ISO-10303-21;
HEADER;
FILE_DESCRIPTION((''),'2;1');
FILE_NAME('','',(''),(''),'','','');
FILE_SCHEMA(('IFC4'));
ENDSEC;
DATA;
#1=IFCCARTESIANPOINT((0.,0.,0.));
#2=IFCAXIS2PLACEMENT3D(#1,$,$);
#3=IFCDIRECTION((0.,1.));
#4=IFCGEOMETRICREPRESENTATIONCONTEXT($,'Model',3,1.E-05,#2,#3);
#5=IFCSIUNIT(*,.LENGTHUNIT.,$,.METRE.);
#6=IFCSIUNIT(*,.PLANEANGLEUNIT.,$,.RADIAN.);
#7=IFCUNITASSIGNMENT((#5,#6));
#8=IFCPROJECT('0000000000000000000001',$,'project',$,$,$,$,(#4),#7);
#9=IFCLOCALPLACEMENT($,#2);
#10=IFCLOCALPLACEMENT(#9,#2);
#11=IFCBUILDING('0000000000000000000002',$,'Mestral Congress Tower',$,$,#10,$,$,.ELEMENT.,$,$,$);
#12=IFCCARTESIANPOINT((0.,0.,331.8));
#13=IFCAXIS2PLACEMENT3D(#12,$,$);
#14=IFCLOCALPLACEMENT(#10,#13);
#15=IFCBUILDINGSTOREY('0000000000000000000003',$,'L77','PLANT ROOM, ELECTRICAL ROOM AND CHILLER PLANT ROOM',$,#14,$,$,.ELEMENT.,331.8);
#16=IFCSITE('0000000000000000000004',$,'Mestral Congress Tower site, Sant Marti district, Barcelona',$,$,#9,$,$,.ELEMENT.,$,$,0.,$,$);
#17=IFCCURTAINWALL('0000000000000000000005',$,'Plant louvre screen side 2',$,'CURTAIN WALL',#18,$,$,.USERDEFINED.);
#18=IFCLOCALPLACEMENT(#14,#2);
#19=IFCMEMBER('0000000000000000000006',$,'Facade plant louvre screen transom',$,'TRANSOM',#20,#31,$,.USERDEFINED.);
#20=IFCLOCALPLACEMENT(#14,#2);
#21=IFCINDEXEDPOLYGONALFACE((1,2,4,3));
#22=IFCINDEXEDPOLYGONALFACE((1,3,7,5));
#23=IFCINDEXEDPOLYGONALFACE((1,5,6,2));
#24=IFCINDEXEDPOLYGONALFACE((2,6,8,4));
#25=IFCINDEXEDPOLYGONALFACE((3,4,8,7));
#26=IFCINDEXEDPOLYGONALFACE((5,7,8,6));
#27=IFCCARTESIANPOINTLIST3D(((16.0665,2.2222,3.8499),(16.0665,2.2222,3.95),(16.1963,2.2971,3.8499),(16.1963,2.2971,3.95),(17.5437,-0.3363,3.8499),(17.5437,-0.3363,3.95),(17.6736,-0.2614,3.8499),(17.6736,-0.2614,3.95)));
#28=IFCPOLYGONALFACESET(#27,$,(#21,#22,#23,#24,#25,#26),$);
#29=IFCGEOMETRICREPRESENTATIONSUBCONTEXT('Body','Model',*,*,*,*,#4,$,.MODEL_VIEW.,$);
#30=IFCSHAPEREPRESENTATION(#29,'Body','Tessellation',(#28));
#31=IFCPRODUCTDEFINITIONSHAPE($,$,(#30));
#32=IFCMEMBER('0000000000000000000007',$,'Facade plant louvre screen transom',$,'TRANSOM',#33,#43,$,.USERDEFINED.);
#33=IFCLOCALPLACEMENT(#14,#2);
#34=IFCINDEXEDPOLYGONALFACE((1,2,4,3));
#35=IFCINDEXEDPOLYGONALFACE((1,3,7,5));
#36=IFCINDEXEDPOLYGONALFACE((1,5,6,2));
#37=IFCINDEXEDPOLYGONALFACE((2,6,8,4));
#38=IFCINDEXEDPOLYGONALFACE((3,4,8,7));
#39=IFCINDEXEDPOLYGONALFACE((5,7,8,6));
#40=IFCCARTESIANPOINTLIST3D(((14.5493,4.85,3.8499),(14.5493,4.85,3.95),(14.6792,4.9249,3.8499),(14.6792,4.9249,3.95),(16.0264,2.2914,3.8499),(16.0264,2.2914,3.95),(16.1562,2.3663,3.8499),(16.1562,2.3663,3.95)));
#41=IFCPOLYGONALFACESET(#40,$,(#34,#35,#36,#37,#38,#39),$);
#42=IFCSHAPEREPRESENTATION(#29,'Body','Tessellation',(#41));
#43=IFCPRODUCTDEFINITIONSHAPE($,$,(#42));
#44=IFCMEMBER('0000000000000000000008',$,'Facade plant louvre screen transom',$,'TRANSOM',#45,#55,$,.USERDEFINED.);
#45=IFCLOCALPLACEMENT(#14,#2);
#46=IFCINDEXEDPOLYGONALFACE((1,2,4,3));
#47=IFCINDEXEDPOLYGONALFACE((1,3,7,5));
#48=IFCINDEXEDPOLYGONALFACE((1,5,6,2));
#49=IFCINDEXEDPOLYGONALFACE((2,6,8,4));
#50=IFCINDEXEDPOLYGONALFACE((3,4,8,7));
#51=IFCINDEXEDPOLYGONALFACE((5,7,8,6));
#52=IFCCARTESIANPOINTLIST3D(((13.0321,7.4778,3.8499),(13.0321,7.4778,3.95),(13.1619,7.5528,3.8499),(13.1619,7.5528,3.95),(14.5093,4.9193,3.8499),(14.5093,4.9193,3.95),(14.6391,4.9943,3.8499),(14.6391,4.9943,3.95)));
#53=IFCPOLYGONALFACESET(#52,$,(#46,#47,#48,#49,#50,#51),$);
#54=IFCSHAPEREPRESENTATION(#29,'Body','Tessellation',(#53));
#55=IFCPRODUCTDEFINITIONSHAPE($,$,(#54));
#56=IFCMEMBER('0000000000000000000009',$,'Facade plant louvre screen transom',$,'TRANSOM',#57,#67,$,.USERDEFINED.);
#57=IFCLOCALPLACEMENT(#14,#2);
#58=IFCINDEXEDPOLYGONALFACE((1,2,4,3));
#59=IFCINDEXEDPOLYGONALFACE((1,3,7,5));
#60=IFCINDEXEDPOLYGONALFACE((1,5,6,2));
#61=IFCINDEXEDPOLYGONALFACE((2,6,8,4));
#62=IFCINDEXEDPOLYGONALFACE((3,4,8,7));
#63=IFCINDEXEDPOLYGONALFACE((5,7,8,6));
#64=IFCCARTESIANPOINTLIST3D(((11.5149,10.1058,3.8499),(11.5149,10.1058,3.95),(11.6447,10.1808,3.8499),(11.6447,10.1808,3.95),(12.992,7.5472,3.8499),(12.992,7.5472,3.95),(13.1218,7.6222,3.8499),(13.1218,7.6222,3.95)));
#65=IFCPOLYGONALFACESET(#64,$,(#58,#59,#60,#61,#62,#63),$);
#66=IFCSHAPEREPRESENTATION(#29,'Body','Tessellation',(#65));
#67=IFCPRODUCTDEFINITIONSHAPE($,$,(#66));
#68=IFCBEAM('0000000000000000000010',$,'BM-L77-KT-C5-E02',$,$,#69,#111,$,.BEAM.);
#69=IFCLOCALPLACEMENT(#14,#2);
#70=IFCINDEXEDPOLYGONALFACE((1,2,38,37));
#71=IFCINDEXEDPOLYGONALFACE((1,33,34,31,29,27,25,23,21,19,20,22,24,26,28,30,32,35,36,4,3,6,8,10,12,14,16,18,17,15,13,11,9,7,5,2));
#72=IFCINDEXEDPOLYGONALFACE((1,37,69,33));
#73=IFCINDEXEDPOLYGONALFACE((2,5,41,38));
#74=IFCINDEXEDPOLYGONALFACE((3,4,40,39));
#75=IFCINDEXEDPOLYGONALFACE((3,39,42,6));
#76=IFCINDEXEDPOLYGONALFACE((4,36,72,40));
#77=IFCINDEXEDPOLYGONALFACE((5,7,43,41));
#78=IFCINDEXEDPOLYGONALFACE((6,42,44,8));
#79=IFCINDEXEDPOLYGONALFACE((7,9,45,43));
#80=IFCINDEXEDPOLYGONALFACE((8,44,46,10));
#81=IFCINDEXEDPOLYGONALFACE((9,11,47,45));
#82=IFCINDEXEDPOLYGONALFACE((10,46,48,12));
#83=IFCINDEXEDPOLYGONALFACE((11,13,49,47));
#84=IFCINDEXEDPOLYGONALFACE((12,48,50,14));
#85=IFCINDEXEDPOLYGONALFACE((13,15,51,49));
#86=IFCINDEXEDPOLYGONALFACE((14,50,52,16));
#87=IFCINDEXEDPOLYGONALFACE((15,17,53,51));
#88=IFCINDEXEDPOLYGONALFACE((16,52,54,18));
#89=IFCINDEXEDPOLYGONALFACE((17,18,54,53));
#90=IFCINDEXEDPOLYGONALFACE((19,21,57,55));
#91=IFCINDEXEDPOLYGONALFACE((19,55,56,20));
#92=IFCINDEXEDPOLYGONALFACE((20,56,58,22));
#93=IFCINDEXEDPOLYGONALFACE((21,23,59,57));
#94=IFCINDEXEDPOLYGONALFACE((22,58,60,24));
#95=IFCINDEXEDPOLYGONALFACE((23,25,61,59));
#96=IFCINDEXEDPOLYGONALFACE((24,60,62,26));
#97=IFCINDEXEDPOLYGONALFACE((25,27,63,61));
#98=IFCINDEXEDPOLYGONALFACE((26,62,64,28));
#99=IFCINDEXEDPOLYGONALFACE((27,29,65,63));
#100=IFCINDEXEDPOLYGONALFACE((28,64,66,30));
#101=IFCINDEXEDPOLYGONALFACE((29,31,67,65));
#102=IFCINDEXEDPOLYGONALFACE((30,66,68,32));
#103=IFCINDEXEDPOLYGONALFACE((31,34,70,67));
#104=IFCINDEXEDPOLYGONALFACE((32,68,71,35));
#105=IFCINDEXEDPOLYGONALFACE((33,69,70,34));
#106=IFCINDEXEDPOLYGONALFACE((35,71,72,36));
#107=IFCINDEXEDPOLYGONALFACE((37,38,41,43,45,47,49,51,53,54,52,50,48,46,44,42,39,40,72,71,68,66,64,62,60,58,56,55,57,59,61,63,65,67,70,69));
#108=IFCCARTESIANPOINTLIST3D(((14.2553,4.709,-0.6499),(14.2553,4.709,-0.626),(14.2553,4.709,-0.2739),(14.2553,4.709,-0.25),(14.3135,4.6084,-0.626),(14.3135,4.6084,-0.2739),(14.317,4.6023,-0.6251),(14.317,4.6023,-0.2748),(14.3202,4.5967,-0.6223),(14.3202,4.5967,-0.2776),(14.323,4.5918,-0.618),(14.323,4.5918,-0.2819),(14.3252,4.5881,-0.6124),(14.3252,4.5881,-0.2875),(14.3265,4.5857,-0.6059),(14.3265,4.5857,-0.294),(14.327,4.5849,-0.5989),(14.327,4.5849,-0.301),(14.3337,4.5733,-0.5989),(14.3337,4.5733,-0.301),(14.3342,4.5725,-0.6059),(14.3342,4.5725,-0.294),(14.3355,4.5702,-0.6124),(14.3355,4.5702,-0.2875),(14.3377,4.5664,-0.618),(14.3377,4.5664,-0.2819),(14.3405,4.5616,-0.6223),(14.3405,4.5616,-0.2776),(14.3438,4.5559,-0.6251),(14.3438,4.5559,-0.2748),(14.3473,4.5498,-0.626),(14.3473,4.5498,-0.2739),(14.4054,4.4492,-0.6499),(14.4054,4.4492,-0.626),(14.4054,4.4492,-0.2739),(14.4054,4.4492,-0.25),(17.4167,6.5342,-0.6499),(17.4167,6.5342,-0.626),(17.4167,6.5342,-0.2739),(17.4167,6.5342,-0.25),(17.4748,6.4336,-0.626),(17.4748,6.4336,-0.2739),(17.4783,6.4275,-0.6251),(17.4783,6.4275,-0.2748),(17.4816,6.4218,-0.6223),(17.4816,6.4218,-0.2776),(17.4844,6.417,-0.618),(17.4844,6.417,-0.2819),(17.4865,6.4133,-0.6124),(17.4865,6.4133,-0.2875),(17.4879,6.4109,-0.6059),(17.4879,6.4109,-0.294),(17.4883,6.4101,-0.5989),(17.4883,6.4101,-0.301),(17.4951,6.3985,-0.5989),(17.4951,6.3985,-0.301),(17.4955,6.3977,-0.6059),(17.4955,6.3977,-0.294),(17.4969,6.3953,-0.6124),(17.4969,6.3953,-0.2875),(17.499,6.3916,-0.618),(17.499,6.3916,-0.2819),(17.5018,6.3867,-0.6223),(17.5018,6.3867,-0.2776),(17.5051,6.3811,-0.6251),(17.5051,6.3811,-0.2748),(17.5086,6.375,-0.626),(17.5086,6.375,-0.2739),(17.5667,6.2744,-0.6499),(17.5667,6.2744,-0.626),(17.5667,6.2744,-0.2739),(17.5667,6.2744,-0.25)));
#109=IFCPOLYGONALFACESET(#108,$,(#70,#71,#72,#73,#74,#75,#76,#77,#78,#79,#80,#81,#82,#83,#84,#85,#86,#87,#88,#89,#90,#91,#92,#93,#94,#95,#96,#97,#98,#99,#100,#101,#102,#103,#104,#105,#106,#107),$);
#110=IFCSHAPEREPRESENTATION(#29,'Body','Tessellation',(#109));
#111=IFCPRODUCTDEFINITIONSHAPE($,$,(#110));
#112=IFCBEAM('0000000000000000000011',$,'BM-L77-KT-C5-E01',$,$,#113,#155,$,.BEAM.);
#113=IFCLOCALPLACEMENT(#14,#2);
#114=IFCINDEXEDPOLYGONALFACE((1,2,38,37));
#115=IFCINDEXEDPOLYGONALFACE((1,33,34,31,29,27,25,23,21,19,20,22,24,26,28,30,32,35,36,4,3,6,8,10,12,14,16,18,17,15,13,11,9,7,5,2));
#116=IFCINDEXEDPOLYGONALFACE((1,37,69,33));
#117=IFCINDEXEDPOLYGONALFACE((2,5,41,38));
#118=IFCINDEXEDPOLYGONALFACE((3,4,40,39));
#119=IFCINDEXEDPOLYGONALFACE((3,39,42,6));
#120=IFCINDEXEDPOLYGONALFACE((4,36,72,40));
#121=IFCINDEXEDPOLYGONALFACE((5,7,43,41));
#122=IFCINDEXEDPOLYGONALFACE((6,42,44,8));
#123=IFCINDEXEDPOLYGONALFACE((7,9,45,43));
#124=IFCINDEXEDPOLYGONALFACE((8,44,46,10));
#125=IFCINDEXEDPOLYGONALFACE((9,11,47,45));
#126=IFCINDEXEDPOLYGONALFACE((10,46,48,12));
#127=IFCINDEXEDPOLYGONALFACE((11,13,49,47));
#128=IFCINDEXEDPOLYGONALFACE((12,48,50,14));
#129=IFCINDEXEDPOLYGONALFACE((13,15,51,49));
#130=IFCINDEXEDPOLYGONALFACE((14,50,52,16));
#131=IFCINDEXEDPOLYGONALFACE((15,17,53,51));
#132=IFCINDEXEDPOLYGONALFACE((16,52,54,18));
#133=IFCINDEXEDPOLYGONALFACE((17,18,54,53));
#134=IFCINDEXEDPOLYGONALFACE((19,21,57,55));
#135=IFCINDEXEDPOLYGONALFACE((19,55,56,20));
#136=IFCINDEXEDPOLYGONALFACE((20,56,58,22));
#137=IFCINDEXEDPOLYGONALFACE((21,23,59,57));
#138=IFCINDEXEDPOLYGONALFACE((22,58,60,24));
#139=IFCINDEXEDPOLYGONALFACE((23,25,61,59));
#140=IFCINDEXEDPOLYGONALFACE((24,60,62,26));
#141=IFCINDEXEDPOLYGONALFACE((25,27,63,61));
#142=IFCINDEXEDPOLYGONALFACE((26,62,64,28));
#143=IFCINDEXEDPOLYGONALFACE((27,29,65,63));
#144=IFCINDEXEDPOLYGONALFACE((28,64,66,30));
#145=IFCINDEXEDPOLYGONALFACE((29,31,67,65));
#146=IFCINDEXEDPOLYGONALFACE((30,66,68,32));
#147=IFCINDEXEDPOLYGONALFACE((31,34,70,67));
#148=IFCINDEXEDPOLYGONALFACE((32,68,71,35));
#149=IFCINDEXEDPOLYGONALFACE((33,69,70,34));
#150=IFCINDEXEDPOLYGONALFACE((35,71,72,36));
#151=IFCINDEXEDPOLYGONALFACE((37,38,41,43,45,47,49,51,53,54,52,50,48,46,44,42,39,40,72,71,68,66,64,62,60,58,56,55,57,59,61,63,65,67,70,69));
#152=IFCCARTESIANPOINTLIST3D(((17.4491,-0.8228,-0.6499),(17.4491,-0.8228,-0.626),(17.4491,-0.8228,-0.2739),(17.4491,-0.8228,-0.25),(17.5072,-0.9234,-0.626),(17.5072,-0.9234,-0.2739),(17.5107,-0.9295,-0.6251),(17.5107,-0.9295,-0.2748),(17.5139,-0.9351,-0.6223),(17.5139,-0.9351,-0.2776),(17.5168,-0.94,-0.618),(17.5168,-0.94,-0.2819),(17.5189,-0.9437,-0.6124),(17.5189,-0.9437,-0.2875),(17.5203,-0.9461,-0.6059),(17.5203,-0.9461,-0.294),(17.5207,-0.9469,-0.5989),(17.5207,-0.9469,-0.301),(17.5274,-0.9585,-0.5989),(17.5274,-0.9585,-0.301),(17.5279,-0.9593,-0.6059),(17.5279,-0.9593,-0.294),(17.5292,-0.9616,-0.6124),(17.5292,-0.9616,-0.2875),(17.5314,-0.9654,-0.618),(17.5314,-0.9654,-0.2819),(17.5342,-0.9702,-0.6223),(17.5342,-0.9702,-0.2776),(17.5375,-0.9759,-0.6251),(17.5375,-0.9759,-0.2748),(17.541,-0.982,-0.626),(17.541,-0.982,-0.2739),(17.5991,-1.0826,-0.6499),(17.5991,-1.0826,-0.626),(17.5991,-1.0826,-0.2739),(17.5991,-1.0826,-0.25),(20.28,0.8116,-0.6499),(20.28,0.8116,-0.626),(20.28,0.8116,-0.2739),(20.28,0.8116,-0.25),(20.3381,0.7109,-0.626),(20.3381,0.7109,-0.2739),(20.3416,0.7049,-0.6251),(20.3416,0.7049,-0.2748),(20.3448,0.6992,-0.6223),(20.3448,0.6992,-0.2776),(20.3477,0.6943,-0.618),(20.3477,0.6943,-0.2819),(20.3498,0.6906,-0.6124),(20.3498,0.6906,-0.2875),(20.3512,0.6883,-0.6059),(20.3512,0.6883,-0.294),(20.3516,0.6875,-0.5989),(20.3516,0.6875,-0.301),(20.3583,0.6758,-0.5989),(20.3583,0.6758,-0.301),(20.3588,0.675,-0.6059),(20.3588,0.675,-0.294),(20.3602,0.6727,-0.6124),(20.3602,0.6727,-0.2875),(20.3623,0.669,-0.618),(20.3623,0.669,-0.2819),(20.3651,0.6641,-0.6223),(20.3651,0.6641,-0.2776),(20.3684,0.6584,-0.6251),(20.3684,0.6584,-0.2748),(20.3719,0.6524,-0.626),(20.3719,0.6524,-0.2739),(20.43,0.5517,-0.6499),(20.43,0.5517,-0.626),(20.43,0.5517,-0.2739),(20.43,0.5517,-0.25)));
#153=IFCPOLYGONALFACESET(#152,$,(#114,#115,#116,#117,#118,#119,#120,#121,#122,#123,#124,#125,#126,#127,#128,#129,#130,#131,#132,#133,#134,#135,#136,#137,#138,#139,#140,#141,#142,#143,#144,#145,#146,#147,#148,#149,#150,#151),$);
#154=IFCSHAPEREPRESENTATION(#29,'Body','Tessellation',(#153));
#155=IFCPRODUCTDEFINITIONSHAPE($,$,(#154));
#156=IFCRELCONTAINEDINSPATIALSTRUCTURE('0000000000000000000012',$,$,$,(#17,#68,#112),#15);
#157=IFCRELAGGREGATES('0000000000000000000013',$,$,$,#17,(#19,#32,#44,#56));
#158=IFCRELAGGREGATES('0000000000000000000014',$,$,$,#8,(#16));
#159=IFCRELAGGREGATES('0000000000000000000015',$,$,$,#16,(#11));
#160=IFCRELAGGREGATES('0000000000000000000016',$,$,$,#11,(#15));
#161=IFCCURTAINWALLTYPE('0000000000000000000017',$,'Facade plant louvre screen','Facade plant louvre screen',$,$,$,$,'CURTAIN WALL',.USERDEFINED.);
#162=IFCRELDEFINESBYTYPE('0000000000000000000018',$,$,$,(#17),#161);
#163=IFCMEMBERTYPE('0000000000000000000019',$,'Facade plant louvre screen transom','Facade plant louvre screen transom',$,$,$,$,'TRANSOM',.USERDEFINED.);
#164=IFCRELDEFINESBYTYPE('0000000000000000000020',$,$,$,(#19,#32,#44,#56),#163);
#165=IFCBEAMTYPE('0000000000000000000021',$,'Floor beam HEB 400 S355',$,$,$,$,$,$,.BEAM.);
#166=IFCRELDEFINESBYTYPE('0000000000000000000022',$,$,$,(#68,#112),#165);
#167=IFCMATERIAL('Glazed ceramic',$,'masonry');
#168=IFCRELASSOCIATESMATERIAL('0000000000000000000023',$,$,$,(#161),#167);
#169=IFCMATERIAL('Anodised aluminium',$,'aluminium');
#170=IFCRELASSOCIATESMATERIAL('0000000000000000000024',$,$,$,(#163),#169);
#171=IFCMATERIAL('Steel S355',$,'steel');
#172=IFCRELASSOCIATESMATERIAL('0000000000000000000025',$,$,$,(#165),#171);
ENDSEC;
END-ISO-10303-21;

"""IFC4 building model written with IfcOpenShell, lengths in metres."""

from ifc_helpers import new_model, si_unit, direction, frame, origin, origin_2d, place, context, subcontext, project, spatial, rectangle, i_section, extrude, material, material_profile, profile_set, type_object, element, aggregate, save


model = new_model("IFC4")

# Units and contexts
model_context = context("Model", 3, precision=1e-05, world=origin(), true_north=direction((0.0, 1.0)))
body_context = subcontext(model_context, "Body", "Model", "MODEL_VIEW")
ifc_project = project(units=[si_unit("LENGTHUNIT", "METRE"), si_unit("PLANEANGLEUNIT", "RADIAN")], contexts=[model_context])

# Site, building, storey
site_placement = place(None, origin())
site = spatial("IfcSite", under=ifc_project, at=site_placement, Name="Mestral Congress Tower site, Sant Marti district, Barcelona", CompositionType="ELEMENT", RefElevation=0.0)
building_placement = place(site_placement, origin())
building = spatial("IfcBuilding", under=site, at=building_placement, Name="Mestral Congress Tower", CompositionType="ELEMENT")
storey_placement = place(building_placement, frame((0.0, 0.0, 331.8)))
storey = spatial("IfcBuildingStorey", under=building, at=storey_placement, Name="L77", Description="PLANT ROOM, ELECTRICAL ROOM AND CHILLER PLANT ROOM", CompositionType="ELEMENT", Elevation=331.8)

# Shared definitions
ifc_material_1 = material(Name="Steel S355", Category="steel")

# Curtain wall, members
ifc_material_2 = material(Name="Glazed ceramic", Category="masonry")
curtain_wall_type = type_object("IfcCurtainWallType", Name="Facade plant louvre screen", Description="Facade plant louvre screen", ElementType="CURTAIN WALL", PredefinedType="USERDEFINED", material=ifc_material_2)
curtain_wall_placement = place(storey_placement, origin())
curtain_wall = element("IfcCurtainWall", 1, at=curtain_wall_placement, inside=storey, type_object=curtain_wall_type, Name="Plant louvre screen side 2", ObjectType="CURTAIN WALL", PredefinedType="USERDEFINED")
ifc_material_3 = material(Name="Anodised aluminium", Category="aluminium")
ifc_material_profile_1 = material_profile(ifc_material_3, rectangle(XDim=0.1499, YDim=0.1001, at=origin_2d()), Name="CW6 transom 150 x 100")
ifc_profile_set_1 = profile_set([ifc_material_profile_1], Name="Anodised aluminium")
member_type_1 = type_object("IfcMemberType", Name="Facade plant louvre screen transom", Description="Facade plant louvre screen transom", ElementType="TRANSOM", PredefinedType="USERDEFINED", material=ifc_profile_set_1)
member_1_placement = place(storey_placement, frame((17.6086, -0.2988, 3.8999), z_axis=(-0.500023, 0.866012, 0.0), x_axis=(-0.866012, -0.500023, 0.0)))
member_1 = element("IfcMember", 2, at=member_1_placement, type_object=member_type_1, Name="Facade plant louvre screen transom", ObjectType="TRANSOM", PredefinedType="USERDEFINED", context=body_context, shape_type="SweptSolid", body=[
    extrude(rectangle(XDim=0.1499, YDim=0.1001, at=origin_2d()), origin(), (0.0, 0.0, 1.0), 2.9543),
])
member_2_placement = place(storey_placement, frame((16.0913, 2.3289, 3.8999), z_axis=(-0.499961, 0.866048, 0.0), x_axis=(-0.866048, -0.499961, 0.0)))
member_2 = element("IfcMember", 3, at=member_2_placement, type_object=member_type_1, Name="Facade plant louvre screen transom", ObjectType="TRANSOM", PredefinedType="USERDEFINED", context=body_context, shape_type="SweptSolid", body=[
    extrude(rectangle(XDim=0.1499, YDim=0.1001, at=origin_2d()), origin(), (0.0, 0.0, 1.0), 2.9543),
])
member_3_placement = place(storey_placement, frame((14.5742, 4.9568, 3.8999), z_axis=(-0.500023, 0.866012, 0.0), x_axis=(-0.866012, -0.500023, 0.0)))
member_3 = element("IfcMember", 4, at=member_3_placement, type_object=member_type_1, Name="Facade plant louvre screen transom", ObjectType="TRANSOM", PredefinedType="USERDEFINED", context=body_context, shape_type="SweptSolid", body=[
    extrude(rectangle(XDim=0.1499, YDim=0.1001, at=origin_2d()), origin(), (0.0, 0.0, 1.0), 2.9543),
])
member_4_placement = place(storey_placement, frame((13.0569, 7.5847, 3.8999), z_axis=(-0.499961, 0.866048, 0.0), x_axis=(-0.866048, -0.499961, 0.0)))
member_4 = element("IfcMember", 5, at=member_4_placement, type_object=member_type_1, Name="Facade plant louvre screen transom", ObjectType="TRANSOM", PredefinedType="USERDEFINED", context=body_context, shape_type="SweptSolid", body=[
    extrude(rectangle(XDim=0.1499, YDim=0.1001, at=origin_2d()), origin(), (0.0, 0.0, 1.0), 2.9543),
])

# Beams
ifc_material_profile_2 = material_profile(ifc_material_1, i_section(OverallWidth=0.3, OverallDepth=0.3999, WebThickness=0.0134, FlangeThickness=0.0239, FilletRadius=0.0271, at=origin_2d()), Name="HEB 400")
ifc_profile_set_2 = profile_set([ifc_material_profile_2], Name="Steel S355")
beam_type_1 = type_object("IfcBeamType", Name="Floor beam HEB 400 S355", PredefinedType="BEAM", material=ifc_profile_set_2)
beam_1_placement = place(storey_placement, frame((17.4917, 6.4043, -0.45), z_axis=(-0.866029, -0.499995, 0.0), x_axis=(0.499995, -0.866029, 0.0)))
element("IfcBeam", 6, at=beam_1_placement, inside=storey, type_object=beam_type_1, Name="BM-L77-KT-C5-E02", PredefinedType="BEAM", context=body_context, shape_type="SweptSolid", body=[
    extrude(i_section(OverallWidth=0.3, OverallDepth=0.3999, WebThickness=0.0134, FlangeThickness=0.0239, FilletRadius=0.0271, at=origin_2d()), origin(), (0.0, 0.0, 1.0), 3.6504),
])
beam_2_placement = place(storey_placement, frame((20.355, 0.6816, -0.45), z_axis=(-0.866038, -0.499979, 0.0), x_axis=(0.499979, -0.866038, 0.0)))
element("IfcBeam", 7, at=beam_2_placement, inside=storey, type_object=beam_type_1, Name="BM-L77-KT-C5-E01", PredefinedType="BEAM", context=body_context, shape_type="SweptSolid", body=[
    extrude(i_section(OverallWidth=0.3, OverallDepth=0.3999, WebThickness=0.0134, FlangeThickness=0.0239, FilletRadius=0.0271, at=origin_2d()), origin(), (0.0, 0.0, 1.0), 3.2688),
])

aggregate(curtain_wall, [member_1, member_2, member_3, member_4])

save(model, "model.ifc")
